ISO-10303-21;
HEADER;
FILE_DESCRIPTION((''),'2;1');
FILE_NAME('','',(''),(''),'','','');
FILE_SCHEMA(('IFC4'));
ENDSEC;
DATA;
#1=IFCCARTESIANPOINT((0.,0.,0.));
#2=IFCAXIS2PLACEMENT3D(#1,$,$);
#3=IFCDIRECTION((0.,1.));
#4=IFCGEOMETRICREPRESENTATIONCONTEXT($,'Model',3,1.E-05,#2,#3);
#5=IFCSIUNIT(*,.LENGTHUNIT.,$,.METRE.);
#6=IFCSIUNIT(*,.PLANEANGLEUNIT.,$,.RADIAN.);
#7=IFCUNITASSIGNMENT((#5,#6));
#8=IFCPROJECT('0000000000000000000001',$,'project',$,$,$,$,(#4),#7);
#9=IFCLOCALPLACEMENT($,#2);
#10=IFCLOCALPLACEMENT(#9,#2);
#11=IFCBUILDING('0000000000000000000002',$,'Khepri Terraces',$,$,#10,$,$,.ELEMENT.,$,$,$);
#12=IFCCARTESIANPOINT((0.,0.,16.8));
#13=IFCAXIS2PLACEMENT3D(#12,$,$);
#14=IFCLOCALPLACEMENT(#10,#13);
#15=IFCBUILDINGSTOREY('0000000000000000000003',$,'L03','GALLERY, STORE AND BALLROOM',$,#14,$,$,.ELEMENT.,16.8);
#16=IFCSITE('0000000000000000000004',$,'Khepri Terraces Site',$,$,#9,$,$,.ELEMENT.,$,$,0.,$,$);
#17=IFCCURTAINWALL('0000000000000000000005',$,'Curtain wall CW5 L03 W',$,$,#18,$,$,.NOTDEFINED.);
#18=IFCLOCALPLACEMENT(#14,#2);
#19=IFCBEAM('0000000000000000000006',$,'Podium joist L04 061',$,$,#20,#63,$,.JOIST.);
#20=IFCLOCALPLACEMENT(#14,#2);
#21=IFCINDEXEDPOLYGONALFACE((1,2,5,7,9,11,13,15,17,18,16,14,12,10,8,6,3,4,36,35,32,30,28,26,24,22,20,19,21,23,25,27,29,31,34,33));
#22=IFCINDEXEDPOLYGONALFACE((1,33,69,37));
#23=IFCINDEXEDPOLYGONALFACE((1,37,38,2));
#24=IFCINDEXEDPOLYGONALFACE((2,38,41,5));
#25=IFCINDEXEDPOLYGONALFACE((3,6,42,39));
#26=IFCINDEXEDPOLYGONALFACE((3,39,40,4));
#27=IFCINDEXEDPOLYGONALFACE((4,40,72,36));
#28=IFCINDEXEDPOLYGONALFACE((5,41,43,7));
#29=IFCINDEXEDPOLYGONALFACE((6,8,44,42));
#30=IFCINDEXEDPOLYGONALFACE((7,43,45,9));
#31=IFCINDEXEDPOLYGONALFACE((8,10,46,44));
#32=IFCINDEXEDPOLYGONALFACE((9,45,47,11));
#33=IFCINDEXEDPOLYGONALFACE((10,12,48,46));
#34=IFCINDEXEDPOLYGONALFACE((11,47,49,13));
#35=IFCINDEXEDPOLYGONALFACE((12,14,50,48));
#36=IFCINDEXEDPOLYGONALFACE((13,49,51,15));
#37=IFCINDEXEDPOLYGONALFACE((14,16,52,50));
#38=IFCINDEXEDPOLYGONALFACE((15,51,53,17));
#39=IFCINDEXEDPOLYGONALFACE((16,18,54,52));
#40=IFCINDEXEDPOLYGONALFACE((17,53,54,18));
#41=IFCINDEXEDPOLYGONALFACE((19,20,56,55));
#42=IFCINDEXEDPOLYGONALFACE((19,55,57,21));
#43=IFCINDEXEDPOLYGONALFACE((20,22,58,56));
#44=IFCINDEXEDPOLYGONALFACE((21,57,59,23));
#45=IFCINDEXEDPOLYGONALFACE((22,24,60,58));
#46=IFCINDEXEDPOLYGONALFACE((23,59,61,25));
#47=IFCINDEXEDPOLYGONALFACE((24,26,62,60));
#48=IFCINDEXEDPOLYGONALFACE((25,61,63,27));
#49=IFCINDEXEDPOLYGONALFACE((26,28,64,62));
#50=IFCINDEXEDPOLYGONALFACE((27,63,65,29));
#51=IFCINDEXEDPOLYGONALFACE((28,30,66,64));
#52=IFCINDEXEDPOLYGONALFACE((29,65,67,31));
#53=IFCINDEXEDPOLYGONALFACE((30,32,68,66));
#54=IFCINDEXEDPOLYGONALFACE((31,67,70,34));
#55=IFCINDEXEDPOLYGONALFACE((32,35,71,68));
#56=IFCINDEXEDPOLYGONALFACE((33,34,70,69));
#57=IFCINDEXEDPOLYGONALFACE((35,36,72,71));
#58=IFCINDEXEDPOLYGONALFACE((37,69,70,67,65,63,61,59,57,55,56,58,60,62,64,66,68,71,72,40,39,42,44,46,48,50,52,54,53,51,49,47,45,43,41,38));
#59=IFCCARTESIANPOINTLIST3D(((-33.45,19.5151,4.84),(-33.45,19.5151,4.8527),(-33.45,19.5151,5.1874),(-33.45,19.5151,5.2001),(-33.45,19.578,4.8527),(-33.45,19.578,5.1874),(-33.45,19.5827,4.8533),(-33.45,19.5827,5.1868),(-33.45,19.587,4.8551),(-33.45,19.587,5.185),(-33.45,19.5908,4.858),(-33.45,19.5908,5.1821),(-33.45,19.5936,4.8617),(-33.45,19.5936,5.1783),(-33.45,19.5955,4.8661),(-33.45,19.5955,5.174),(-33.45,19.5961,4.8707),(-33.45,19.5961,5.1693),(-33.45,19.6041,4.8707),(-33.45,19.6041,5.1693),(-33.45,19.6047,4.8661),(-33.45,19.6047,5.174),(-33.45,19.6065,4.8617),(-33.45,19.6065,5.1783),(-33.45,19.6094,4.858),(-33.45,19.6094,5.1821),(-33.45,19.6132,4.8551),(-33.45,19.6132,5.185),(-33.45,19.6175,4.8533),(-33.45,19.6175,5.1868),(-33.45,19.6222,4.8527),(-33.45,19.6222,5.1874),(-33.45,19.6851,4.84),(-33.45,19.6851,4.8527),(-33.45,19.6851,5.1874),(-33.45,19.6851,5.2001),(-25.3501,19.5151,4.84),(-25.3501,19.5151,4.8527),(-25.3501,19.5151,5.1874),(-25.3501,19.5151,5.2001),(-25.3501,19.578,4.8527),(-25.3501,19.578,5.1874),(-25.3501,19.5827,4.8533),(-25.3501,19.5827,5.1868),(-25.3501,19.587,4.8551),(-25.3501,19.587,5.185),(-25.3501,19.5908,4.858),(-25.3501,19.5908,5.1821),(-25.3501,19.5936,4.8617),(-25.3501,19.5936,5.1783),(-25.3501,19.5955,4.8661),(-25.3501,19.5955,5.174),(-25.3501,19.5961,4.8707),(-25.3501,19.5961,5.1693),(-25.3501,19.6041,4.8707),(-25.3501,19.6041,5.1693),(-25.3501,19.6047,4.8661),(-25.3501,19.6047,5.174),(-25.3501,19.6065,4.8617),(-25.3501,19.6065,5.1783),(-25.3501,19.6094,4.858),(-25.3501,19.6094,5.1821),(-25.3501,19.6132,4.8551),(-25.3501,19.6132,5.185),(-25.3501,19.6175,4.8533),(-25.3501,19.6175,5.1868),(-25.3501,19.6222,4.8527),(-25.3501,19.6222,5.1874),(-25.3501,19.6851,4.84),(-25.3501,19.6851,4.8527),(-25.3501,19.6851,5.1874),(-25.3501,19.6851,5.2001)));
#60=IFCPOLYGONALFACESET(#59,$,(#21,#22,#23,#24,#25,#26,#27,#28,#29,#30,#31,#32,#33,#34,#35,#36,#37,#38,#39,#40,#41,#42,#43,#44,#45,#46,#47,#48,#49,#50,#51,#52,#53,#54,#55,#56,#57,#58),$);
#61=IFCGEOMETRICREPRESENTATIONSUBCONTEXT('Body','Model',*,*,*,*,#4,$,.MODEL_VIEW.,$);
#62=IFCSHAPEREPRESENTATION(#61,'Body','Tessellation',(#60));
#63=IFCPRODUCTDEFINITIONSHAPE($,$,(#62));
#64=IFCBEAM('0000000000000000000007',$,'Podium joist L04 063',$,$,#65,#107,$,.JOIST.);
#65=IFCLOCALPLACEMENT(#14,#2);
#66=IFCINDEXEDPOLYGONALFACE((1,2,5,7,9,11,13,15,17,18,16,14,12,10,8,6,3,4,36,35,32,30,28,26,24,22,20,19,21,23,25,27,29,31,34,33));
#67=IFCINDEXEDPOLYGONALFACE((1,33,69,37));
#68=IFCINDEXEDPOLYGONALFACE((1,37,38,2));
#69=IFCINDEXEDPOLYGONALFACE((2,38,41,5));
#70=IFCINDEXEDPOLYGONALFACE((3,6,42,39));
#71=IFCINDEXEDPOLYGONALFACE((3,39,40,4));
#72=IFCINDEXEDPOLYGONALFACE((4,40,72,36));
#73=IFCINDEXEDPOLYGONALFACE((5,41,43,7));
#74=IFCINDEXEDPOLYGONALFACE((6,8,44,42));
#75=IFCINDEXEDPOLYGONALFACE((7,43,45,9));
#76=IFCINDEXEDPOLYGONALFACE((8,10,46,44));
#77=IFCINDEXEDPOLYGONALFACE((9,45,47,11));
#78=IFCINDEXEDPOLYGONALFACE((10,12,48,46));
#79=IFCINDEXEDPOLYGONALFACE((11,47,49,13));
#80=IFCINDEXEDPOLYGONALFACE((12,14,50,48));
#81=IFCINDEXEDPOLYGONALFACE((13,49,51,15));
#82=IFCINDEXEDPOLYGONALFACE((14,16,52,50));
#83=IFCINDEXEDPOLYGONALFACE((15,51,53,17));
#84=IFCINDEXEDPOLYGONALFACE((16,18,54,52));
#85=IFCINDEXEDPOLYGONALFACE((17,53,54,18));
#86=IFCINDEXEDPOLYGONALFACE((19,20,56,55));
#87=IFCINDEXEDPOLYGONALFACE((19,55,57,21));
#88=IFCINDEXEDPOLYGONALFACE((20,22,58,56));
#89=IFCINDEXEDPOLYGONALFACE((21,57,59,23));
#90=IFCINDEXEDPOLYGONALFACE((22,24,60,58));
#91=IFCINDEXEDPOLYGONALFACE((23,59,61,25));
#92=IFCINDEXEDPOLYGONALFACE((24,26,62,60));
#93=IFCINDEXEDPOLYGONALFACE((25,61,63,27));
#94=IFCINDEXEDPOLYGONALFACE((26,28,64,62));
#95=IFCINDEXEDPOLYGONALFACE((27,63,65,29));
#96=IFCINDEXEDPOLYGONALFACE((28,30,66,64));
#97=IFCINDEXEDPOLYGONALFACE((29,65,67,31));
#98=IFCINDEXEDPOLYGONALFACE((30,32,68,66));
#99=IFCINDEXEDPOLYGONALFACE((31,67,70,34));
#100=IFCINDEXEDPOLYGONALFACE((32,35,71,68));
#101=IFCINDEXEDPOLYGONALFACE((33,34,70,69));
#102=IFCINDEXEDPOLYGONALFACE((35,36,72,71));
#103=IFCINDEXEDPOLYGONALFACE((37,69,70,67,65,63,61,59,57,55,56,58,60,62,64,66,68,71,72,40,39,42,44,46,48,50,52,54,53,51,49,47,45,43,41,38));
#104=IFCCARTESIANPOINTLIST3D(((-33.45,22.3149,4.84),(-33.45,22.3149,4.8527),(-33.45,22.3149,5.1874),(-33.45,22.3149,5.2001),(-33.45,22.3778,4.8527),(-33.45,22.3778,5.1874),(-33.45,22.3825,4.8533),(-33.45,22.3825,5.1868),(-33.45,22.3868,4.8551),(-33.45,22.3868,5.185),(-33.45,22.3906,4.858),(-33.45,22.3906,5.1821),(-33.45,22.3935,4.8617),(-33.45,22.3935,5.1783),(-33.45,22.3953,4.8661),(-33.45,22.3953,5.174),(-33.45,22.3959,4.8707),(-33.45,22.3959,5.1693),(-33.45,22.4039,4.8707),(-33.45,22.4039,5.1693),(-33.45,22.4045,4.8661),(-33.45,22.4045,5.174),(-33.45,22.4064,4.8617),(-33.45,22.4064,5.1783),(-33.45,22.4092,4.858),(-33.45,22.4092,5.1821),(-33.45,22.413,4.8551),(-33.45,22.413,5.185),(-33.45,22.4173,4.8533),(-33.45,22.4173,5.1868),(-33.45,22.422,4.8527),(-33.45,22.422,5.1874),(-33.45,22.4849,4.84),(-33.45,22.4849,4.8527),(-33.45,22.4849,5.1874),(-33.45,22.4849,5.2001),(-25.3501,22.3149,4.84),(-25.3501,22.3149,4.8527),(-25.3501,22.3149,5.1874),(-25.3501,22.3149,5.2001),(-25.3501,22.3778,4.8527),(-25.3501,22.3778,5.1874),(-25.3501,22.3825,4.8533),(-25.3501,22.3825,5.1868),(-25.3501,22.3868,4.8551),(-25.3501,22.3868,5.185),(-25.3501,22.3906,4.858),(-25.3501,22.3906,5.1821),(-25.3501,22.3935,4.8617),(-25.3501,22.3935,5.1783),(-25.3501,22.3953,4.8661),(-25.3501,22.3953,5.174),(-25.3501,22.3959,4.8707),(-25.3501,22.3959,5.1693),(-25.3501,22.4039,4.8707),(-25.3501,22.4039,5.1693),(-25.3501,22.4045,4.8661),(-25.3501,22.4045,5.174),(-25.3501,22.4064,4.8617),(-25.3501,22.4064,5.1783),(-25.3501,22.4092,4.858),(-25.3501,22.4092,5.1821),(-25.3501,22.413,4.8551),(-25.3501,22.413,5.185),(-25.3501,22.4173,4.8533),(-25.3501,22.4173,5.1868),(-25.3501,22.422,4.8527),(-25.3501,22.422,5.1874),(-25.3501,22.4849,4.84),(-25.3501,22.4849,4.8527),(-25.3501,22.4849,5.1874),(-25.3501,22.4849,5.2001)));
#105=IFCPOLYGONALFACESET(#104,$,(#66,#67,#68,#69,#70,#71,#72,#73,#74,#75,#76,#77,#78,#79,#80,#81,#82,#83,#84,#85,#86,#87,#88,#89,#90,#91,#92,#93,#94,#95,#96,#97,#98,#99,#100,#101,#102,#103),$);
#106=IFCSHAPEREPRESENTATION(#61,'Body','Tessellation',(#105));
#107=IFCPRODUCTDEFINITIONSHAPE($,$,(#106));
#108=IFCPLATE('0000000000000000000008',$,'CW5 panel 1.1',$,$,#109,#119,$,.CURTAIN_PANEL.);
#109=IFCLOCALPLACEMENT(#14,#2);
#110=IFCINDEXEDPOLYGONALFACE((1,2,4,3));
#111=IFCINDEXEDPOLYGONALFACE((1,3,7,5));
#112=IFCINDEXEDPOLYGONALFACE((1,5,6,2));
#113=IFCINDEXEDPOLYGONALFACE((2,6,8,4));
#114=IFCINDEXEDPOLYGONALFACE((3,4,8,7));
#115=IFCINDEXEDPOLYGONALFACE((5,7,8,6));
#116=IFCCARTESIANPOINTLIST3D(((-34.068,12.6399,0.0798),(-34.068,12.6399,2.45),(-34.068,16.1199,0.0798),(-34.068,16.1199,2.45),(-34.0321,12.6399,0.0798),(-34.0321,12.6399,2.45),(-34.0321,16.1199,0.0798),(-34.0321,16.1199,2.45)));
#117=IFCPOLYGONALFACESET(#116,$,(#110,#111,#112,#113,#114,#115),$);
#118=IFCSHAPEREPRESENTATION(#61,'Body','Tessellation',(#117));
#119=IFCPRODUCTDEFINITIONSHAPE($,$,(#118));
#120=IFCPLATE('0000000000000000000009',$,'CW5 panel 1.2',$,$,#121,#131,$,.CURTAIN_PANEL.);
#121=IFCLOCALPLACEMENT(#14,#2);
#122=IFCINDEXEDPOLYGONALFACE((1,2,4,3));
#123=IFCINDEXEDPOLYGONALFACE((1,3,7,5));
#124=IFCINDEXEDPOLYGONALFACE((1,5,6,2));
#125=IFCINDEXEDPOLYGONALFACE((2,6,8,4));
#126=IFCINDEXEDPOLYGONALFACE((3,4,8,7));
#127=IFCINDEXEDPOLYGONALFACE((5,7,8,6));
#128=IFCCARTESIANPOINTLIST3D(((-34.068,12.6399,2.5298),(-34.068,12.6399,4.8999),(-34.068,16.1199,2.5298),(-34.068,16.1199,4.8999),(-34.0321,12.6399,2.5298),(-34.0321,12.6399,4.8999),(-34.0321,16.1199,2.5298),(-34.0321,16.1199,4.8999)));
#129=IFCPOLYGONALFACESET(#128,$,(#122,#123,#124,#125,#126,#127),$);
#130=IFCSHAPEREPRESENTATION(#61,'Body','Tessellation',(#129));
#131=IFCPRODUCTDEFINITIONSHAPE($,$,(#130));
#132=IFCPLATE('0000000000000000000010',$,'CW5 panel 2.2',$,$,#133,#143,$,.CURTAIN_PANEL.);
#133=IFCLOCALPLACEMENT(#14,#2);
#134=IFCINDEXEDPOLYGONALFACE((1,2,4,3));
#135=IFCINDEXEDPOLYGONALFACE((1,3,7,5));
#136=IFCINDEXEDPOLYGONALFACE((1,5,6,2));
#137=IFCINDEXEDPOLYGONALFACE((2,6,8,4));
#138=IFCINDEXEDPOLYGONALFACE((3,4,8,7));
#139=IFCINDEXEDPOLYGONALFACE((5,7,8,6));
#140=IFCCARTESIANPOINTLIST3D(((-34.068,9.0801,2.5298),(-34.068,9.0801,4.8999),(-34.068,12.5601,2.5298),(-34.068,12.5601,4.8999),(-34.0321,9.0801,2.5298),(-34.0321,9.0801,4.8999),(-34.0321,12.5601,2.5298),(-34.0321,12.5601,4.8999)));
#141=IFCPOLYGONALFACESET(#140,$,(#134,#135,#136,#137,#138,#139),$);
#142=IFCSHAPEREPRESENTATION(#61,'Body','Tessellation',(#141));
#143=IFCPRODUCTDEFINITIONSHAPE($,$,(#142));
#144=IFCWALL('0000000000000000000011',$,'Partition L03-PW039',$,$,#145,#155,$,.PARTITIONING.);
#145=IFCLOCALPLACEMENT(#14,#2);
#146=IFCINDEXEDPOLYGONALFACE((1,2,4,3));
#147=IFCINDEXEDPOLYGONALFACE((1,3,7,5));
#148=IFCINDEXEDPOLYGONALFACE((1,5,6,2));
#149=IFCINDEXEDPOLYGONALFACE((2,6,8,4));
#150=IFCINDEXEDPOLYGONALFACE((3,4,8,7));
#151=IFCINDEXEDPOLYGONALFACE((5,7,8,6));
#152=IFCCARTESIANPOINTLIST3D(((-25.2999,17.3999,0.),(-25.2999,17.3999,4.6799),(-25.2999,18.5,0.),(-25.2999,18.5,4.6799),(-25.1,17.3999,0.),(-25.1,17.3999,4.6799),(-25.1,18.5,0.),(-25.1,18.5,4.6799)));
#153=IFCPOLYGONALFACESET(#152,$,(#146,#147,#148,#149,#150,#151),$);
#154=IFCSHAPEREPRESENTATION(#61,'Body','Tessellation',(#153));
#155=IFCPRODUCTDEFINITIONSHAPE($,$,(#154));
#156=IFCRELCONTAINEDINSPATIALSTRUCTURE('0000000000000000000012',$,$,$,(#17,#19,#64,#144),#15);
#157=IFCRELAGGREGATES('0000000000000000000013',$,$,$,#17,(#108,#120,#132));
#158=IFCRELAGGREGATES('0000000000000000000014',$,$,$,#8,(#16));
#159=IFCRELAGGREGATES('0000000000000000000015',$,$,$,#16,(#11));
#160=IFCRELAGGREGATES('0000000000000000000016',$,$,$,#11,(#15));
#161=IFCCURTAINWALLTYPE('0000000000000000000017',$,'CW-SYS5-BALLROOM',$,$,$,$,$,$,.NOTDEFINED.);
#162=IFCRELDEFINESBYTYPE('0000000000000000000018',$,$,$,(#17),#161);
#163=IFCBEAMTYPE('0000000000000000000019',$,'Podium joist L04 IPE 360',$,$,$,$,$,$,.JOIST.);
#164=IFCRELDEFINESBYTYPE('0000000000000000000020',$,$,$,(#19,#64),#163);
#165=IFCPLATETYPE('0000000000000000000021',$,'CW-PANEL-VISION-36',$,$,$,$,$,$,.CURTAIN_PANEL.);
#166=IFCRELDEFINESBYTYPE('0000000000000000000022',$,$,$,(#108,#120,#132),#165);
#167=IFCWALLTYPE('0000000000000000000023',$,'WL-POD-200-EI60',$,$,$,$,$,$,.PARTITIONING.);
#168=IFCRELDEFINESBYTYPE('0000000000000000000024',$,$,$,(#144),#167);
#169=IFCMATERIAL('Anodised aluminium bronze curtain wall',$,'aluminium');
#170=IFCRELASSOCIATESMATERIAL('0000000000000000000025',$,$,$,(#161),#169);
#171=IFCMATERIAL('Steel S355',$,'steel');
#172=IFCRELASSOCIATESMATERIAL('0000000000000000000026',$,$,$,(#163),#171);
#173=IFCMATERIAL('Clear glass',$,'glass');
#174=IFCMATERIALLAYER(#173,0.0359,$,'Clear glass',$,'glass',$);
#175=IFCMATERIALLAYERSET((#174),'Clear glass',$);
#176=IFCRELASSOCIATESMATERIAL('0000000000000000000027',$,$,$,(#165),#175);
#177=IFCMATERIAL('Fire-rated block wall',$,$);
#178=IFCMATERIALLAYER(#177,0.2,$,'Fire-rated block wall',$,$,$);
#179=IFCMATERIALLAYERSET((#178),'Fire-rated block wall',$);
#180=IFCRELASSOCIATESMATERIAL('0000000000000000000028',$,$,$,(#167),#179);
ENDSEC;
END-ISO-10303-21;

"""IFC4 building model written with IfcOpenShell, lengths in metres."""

from ifc_helpers import new_model, si_unit, direction, frame, frame_2d, origin, origin_2d, place, context, subcontext, project, spatial, rectangle, i_section, extrude, material, layer, layer_set, material_profile, profile_set, type_object, element, aggregate, save


model = new_model("IFC4")

# Units and contexts
model_context = context("Model", 3, precision=1e-05, world=origin(), true_north=direction((0.0, 1.0)))
body_context = subcontext(model_context, "Body", "Model", "MODEL_VIEW")
ifc_project = project(units=[si_unit("LENGTHUNIT", "METRE"), si_unit("PLANEANGLEUNIT", "RADIAN")], contexts=[model_context])

# Site, building, storey
site_placement = place(None, origin())
site = spatial("IfcSite", under=ifc_project, at=site_placement, Name="Khepri Terraces Site", CompositionType="ELEMENT", RefElevation=0.0)
building_placement = place(site_placement, origin())
building = spatial("IfcBuilding", under=site, at=building_placement, Name="Khepri Terraces", CompositionType="ELEMENT")
storey_placement = place(building_placement, frame((0.0, 0.0, 16.8)))
storey = spatial("IfcBuildingStorey", under=building, at=storey_placement, Name="L03", Description="GALLERY, STORE AND BALLROOM", CompositionType="ELEMENT", Elevation=16.8)

# Curtain wall
ifc_material_1 = material(Name="Anodised aluminium bronze curtain wall", Category="aluminium")
curtain_wall_type = type_object("IfcCurtainWallType", Name="CW-SYS5-BALLROOM", PredefinedType="NOTDEFINED", material=ifc_material_1)
curtain_wall_placement = place(storey_placement, origin())
curtain_wall = element("IfcCurtainWall", 1, at=curtain_wall_placement, inside=storey, type_object=curtain_wall_type, Name="Curtain wall CW5 L03 W", PredefinedType="NOTDEFINED")

# Beams
ifc_material_2 = material(Name="Steel S355", Category="steel")
ifc_material_profile_1 = material_profile(ifc_material_2, i_section(OverallWidth=0.1699, OverallDepth=0.3601, WebThickness=0.0081, FlangeThickness=0.0127, FilletRadius=0.0181, at=origin_2d()), Name="Steel S355", Category="steel")
ifc_profile_set_1 = profile_set([ifc_material_profile_1], Name="Steel S355")
beam_type_1 = type_object("IfcBeamType", Name="Podium joist L04 IPE 360", PredefinedType="JOIST", material=ifc_profile_set_1)
for number, where, z_axis, x_axis, name in (
    (2, (-33.45, 19.6001, 5.02), (1.0, 0.0, 0.0), (0.0, 1.0, 0.0), "Podium joist L04 061"),
    (3, (-33.45, 22.3999, 5.02), (1.0, 0.0, 0.0), (0.0, 1.0, 0.0), "Podium joist L04 063"),
):
    element("IfcBeam", number, at=place(storey_placement, frame(where, z_axis=z_axis, x_axis=x_axis)), inside=storey, type_object=beam_type_1, Name=name, PredefinedType="JOIST", context=body_context, shape_type="SweptSolid", body=[
        extrude(i_section(OverallWidth=0.1699, OverallDepth=0.3601, WebThickness=0.0081, FlangeThickness=0.0127, FilletRadius=0.0181, at=origin_2d()), origin(), (0.0, 0.0, 1.0), 8.0999),
    ])

# Plates
ifc_material_3 = material(Name="Clear glass", Category="glass")
ifc_layer_1 = layer(ifc_material_3, 0.0359, Name="Clear glass", Category="glass")
ifc_layer_set_1 = layer_set([ifc_layer_1], Name="Clear glass")
plate_type = type_object("IfcPlateType", Name="CW-PANEL-VISION-36", PredefinedType="CURTAIN_PANEL", material=ifc_layer_set_1)
plate_1_placement = place(storey_placement, frame((-34.05, 14.3799, 0.0798), z_axis=(0.0, 0.0, 1.0), x_axis=(0.0, -1.0, 0.0)))
plate_1 = element("IfcPlate", 4, at=plate_1_placement, type_object=plate_type, Name="CW5 panel 1.1", PredefinedType="CURTAIN_PANEL", context=body_context, shape_type="SweptSolid", body=[
    extrude(rectangle(XDim=3.48, YDim=0.0359, at=origin_2d()), origin(), (0.0, 0.0, 1.0), 2.3701),
])
plate_2_placement = place(storey_placement, frame((-34.05, 14.3799, 2.5298), z_axis=(0.0, 0.0, 1.0), x_axis=(0.0, -1.0, 0.0)))
plate_2 = element("IfcPlate", 5, at=plate_2_placement, type_object=plate_type, Name="CW5 panel 1.2", PredefinedType="CURTAIN_PANEL", context=body_context, shape_type="SweptSolid", body=[
    extrude(rectangle(XDim=3.48, YDim=0.0359, at=origin_2d()), origin(), (0.0, 0.0, 1.0), 2.3701),
])
plate_3_placement = place(storey_placement, frame((-34.05, 10.8201, 2.5298), z_axis=(0.0, 0.0, 1.0), x_axis=(0.0, -1.0, 0.0)))
plate_3 = element("IfcPlate", 6, at=plate_3_placement, type_object=plate_type, Name="CW5 panel 2.2", PredefinedType="CURTAIN_PANEL", context=body_context, shape_type="SweptSolid", body=[
    extrude(rectangle(XDim=3.48, YDim=0.0359, at=origin_2d()), origin(), (0.0, 0.0, 1.0), 2.3701),
])
aggregate(curtain_wall, [plate_1, plate_2, plate_3])

# Wall
ifc_material_4 = material(Name="Fire-rated block wall")
ifc_layer_2 = layer(ifc_material_4, 0.2, Name="Fire-rated block wall")
ifc_layer_set_2 = layer_set([ifc_layer_2], Name="Fire-rated block wall")
wall_type = type_object("IfcWallType", Name="WL-POD-200-EI60", PredefinedType="PARTITIONING", material=ifc_layer_set_2)
wall_placement = place(storey_placement, frame((-25.2, 17.3999, 0.0), z_axis=(0.0, 0.0, 1.0), x_axis=(0.0, 1.0, 0.0)))
element("IfcWall", 7, at=wall_placement, inside=storey, type_object=wall_type, Name="Partition L03-PW039", PredefinedType="PARTITIONING", context=body_context, shape_type="SweptSolid", body=[
    extrude(rectangle(XDim=1.1001, YDim=0.2, at=frame_2d((0.55, 0.0))), origin(), (0.0, 0.0, 1.0), 4.6799),
])

save(model, "model.ifc")
